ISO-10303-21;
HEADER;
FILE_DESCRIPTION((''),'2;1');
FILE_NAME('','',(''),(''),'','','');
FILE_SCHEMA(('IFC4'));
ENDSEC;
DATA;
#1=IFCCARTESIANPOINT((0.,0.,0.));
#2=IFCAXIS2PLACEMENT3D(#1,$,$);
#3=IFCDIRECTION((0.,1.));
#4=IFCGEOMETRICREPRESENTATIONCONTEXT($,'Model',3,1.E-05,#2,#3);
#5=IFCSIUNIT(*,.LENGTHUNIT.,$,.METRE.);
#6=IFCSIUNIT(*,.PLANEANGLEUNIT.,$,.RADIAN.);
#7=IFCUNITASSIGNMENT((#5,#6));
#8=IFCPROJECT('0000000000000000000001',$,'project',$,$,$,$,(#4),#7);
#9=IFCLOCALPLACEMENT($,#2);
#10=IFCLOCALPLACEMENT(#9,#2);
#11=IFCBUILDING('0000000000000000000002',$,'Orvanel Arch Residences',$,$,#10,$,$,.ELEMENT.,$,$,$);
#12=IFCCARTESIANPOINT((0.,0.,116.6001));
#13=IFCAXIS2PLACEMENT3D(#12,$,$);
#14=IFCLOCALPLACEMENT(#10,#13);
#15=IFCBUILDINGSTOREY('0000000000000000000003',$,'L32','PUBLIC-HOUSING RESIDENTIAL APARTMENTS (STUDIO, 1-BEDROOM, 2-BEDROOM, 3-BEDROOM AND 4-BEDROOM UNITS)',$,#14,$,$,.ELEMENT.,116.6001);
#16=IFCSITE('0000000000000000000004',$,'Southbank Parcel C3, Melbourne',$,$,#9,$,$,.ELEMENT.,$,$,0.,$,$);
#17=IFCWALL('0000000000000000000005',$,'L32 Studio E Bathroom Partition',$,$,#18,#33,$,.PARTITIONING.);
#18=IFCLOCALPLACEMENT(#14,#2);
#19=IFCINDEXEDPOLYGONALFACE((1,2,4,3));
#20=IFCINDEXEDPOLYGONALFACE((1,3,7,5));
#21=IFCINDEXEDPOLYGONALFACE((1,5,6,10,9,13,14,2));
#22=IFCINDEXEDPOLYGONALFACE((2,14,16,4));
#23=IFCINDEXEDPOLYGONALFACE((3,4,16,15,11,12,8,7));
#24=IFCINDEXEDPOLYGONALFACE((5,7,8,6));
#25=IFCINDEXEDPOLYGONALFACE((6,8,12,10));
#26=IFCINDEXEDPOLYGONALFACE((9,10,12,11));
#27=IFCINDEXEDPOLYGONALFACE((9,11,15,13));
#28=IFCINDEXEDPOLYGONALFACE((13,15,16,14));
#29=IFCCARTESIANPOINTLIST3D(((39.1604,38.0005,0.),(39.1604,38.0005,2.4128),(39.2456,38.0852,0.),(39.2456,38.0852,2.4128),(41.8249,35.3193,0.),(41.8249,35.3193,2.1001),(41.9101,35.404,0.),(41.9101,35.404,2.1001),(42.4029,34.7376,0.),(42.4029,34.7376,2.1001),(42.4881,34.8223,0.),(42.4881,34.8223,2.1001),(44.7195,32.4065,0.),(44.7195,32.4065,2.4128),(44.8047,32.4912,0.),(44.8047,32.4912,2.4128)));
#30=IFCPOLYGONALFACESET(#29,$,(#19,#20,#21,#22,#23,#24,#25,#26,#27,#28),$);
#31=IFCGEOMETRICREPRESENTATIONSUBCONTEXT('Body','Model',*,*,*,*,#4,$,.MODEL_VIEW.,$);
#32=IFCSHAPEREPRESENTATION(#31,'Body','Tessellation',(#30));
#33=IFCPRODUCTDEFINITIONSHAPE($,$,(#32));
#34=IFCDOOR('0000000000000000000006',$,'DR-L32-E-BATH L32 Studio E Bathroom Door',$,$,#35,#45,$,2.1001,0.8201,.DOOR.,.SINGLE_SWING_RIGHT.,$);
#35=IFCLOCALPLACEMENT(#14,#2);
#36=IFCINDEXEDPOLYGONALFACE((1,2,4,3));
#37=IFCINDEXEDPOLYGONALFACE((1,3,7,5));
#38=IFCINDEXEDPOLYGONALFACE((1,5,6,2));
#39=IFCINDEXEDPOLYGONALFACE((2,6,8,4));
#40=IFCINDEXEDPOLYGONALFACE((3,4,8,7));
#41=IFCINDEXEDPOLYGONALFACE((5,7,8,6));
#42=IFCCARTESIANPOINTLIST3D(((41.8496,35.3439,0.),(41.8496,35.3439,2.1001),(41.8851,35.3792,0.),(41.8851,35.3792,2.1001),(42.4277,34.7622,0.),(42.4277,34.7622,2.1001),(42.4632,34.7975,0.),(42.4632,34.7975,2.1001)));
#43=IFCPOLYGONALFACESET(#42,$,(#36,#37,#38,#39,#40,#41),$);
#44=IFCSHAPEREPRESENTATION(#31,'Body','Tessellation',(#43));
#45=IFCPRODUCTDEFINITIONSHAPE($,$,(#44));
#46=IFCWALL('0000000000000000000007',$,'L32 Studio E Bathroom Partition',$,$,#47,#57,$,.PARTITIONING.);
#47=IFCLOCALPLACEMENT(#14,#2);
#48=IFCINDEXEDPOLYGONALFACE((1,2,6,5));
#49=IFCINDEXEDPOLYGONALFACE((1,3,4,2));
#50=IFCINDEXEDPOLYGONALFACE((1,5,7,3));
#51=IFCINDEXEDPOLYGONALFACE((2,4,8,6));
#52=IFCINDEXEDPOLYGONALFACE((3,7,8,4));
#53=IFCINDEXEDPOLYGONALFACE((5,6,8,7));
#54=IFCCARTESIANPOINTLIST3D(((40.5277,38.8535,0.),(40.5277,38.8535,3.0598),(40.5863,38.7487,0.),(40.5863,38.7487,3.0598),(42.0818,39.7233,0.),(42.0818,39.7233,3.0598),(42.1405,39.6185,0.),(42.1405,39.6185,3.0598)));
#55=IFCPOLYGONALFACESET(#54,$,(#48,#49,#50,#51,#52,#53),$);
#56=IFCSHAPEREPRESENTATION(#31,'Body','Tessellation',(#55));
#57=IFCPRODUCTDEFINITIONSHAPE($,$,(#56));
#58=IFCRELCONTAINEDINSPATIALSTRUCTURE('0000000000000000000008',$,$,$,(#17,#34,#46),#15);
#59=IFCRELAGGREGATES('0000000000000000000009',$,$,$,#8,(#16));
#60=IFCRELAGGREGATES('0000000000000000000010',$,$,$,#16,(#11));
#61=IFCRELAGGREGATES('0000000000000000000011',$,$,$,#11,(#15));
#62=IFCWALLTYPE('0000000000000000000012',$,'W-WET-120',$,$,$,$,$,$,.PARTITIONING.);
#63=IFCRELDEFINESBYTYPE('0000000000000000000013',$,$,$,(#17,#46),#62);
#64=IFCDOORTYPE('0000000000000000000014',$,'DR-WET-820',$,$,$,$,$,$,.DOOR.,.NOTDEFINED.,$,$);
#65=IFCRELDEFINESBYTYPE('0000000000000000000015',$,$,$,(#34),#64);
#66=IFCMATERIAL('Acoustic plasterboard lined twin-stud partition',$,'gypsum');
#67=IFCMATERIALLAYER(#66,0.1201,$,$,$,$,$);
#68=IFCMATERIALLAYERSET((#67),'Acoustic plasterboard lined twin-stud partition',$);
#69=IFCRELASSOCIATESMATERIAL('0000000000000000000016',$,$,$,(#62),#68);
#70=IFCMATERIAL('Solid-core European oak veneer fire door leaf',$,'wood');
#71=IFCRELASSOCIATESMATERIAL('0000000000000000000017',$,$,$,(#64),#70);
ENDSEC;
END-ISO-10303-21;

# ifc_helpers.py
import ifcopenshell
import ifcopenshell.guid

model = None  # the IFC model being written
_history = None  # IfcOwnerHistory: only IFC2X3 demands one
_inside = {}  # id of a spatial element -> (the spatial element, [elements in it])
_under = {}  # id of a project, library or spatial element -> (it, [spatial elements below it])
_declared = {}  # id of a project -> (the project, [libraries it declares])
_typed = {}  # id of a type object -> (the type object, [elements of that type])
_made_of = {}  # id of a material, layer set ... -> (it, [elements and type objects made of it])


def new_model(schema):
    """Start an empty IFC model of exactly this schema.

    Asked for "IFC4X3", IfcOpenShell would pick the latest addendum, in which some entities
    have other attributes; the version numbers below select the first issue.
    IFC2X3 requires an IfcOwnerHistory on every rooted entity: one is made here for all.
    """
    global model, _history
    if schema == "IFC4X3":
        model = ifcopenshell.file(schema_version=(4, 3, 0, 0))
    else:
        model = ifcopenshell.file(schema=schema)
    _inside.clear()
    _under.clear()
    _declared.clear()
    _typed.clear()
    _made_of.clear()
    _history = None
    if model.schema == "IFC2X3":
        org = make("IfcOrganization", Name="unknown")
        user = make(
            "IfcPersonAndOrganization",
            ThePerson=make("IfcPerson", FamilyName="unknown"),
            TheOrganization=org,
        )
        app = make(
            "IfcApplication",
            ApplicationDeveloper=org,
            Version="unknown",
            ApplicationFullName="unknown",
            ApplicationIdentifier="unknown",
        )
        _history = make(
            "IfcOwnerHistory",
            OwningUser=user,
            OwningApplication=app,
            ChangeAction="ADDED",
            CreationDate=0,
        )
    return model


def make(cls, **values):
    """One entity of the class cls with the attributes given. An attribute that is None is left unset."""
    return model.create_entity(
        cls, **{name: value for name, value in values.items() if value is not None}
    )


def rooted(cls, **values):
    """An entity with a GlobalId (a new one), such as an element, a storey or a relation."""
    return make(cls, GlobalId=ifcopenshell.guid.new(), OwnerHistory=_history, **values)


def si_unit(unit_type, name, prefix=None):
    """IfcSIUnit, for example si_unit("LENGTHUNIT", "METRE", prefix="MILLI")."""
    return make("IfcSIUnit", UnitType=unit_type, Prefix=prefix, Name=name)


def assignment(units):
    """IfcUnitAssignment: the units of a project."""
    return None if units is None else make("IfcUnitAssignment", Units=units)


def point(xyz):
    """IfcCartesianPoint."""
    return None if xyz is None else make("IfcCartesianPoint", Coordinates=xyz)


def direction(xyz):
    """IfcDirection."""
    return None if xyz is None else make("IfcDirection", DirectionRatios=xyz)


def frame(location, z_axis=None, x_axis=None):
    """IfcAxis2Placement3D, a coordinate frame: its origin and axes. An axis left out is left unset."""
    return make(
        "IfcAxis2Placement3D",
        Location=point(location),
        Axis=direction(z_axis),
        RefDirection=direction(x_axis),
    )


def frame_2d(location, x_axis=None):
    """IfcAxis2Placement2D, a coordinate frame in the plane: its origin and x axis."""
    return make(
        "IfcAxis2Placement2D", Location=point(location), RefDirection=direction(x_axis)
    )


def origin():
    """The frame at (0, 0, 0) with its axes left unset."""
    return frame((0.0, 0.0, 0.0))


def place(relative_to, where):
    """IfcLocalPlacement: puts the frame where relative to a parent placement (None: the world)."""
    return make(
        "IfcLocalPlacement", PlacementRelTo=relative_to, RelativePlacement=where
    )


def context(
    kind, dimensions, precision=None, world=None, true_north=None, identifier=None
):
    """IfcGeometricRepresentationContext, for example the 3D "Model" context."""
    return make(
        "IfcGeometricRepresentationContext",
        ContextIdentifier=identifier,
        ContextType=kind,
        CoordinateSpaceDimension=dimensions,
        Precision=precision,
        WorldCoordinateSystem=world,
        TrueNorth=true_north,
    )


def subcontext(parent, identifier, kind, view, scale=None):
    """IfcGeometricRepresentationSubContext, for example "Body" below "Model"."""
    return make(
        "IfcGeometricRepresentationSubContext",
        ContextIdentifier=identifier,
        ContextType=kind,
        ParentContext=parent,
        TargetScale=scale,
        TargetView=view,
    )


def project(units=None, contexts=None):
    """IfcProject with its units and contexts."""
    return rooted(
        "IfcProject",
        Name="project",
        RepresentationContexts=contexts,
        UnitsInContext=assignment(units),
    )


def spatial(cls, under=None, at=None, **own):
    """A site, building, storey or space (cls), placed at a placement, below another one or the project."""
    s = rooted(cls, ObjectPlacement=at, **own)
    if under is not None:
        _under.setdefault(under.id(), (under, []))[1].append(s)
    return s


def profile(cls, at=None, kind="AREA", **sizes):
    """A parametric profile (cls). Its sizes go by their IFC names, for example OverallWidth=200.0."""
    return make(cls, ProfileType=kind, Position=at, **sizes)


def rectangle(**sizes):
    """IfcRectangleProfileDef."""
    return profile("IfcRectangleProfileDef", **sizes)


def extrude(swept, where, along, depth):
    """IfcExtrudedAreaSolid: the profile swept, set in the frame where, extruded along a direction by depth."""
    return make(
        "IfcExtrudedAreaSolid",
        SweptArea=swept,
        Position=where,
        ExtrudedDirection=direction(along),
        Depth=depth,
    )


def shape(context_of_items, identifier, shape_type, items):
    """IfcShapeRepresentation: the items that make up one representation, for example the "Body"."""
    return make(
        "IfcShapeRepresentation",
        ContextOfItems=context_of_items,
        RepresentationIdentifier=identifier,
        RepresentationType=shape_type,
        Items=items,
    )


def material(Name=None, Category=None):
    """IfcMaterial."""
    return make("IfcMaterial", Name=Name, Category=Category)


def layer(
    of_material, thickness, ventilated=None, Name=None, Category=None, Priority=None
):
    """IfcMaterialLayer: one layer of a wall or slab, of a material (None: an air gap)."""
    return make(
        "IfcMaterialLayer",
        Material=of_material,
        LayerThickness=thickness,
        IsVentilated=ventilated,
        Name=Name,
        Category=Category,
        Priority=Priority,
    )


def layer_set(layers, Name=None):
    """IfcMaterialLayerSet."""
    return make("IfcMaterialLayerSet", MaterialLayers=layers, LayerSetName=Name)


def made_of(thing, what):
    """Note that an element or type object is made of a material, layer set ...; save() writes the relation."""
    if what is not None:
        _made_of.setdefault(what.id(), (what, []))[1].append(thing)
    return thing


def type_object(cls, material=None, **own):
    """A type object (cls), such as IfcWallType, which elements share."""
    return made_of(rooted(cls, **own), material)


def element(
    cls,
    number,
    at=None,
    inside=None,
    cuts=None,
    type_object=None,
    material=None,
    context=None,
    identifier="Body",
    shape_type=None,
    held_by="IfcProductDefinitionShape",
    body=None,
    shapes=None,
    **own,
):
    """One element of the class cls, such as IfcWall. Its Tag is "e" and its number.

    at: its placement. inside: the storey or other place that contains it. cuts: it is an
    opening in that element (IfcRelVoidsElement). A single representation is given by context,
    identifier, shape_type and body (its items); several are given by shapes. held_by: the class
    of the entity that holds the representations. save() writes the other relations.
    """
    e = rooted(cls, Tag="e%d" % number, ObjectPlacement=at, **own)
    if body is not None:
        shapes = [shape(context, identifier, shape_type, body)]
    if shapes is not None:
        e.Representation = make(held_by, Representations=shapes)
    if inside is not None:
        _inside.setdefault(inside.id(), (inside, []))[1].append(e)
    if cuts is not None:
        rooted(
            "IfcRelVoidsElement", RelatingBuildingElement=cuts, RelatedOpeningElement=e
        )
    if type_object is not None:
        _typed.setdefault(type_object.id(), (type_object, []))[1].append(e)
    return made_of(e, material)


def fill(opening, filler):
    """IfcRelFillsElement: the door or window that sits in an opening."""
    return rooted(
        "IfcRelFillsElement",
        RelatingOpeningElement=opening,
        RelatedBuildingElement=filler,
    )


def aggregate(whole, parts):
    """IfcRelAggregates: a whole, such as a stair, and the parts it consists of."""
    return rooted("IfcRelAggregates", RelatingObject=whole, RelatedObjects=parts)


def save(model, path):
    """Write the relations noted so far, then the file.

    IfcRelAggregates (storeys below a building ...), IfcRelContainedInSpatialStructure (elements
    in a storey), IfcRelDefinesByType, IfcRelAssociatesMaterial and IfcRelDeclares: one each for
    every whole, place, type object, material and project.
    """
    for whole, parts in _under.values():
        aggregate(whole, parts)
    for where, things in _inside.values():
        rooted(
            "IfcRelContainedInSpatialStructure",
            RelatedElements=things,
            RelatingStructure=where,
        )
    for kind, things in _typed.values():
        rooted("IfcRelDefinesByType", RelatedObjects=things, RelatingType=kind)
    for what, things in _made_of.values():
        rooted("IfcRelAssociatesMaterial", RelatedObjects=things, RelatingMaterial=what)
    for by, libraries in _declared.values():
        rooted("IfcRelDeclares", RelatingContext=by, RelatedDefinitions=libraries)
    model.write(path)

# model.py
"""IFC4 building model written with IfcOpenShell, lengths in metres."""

from ifc_helpers import new_model, si_unit, direction, frame, frame_2d, origin, place, context, subcontext, project, spatial, rectangle, extrude, material, layer, layer_set, type_object, element, fill, save


model = new_model("IFC4")

# Units and contexts
model_context = context("Model", 3, precision=1e-05, world=origin(), true_north=direction((0.0, 1.0)))
body_context = subcontext(model_context, "Body", "Model", "MODEL_VIEW")
ifc_project = project(units=[si_unit("LENGTHUNIT", "METRE"), si_unit("PLANEANGLEUNIT", "RADIAN")], contexts=[model_context])

# Site, building, storey
site_placement = place(None, origin())
site = spatial("IfcSite", under=ifc_project, at=site_placement, Name="Southbank Parcel C3, Melbourne", CompositionType="ELEMENT", RefElevation=0.0)
building_placement = place(site_placement, origin())
building = spatial("IfcBuilding", under=site, at=building_placement, Name="Orvanel Arch Residences", CompositionType="ELEMENT")
storey_placement = place(building_placement, frame((0.0, 0.0, 116.6001)))
storey = spatial("IfcBuildingStorey", under=building, at=storey_placement, Name="L32", Description="PUBLIC-HOUSING RESIDENTIAL APARTMENTS (STUDIO, 1-BEDROOM, 2-BEDROOM, 3-BEDROOM AND 4-BEDROOM UNITS)", CompositionType="ELEMENT", Elevation=116.6001)

# Shared definitions
ifc_material_1 = material(Name="Acoustic plasterboard lined twin-stud partition", Category="gypsum")
ifc_layer_1 = layer(ifc_material_1, 0.1201)
ifc_layer_set_1 = layer_set([ifc_layer_1], Name="Acoustic plasterboard lined twin-stud partition")
wall_type_1 = type_object("IfcWallType", Name="W-WET-120", PredefinedType="PARTITIONING", material=ifc_layer_set_1)

# Wall, opening, door
wall_1_placement = place(storey_placement, frame((39.2029, 38.043, 0.0), z_axis=(0.0, 0.0, 1.0), x_axis=(0.70489, -0.709317, 0.0)))
wall_1 = element("IfcWall", 1, at=wall_1_placement, inside=storey, type_object=wall_type_1, Name="L32 Studio E Bathroom Partition", PredefinedType="PARTITIONING", context=body_context, shape_type="SweptSolid", body=[
    extrude(rectangle(XDim=7.8865, YDim=0.1201, at=frame_2d((3.9434, 0.0))), origin(), (0.0, 0.0, 1.0), 2.4128),
])
opening_1_placement = place(wall_1_placement, frame((3.78, 0.0, 0.0)))
opening_1 = element("IfcOpeningElement", 2, at=opening_1_placement, cuts=wall_1, PredefinedType="OPENING", context=body_context, shape_type="SweptSolid", body=[
    extrude(rectangle(XDim=0.8201, YDim=2.1001, at=frame_2d((0.4102, 1.05))), frame((0.0, 0.0701, 0.0), z_axis=(0.0, -1.0, 0.0), x_axis=(1.0, 0.0, 0.0)), (0.0, 0.0, 1.0), 0.1401),
])
ifc_material_2 = material(Name="Solid-core European oak veneer fire door leaf", Category="wood")
door_type_1 = type_object("IfcDoorType", Name="DR-WET-820", OperationType="NOTDEFINED", PredefinedType="DOOR", material=ifc_material_2)
door_1_placement = place(opening_1_placement, origin())
door_1 = element("IfcDoor", 3, at=door_1_placement, inside=storey, type_object=door_type_1, Name="DR-L32-E-BATH L32 Studio E Bathroom Door", OperationType="SINGLE_SWING_RIGHT", OverallHeight=2.1001, OverallWidth=0.8201, PredefinedType="DOOR", context=body_context, shape_type="SweptSolid", body=[
    extrude(rectangle(XDim=0.8201, YDim=2.1001, at=frame_2d((0.4102, 1.05))), frame((0.0, 0.0249, 0.0), z_axis=(0.0, -1.0, 0.0), x_axis=(1.0, 0.0, 0.0)), (0.0, 0.0, 1.0), 0.05),
])
fill(opening_1, door_1)

# Wall
wall_2_placement = place(storey_placement, frame((40.5569, 38.801, 0.0), z_axis=(0.0, 0.0, 1.0), x_axis=(0.872621, 0.488399, 0.0)))
element("IfcWall", 4, at=wall_2_placement, inside=storey, type_object=wall_type_1, Name="L32 Studio E Bathroom Partition", PredefinedType="PARTITIONING", context=body_context, shape_type="SweptSolid", body=[
    extrude(rectangle(XDim=1.781, YDim=0.1201, at=frame_2d((0.8906, 0.0))), origin(), (0.0, 0.0, 1.0), 3.0598),
])

save(model, "model.ifc")
